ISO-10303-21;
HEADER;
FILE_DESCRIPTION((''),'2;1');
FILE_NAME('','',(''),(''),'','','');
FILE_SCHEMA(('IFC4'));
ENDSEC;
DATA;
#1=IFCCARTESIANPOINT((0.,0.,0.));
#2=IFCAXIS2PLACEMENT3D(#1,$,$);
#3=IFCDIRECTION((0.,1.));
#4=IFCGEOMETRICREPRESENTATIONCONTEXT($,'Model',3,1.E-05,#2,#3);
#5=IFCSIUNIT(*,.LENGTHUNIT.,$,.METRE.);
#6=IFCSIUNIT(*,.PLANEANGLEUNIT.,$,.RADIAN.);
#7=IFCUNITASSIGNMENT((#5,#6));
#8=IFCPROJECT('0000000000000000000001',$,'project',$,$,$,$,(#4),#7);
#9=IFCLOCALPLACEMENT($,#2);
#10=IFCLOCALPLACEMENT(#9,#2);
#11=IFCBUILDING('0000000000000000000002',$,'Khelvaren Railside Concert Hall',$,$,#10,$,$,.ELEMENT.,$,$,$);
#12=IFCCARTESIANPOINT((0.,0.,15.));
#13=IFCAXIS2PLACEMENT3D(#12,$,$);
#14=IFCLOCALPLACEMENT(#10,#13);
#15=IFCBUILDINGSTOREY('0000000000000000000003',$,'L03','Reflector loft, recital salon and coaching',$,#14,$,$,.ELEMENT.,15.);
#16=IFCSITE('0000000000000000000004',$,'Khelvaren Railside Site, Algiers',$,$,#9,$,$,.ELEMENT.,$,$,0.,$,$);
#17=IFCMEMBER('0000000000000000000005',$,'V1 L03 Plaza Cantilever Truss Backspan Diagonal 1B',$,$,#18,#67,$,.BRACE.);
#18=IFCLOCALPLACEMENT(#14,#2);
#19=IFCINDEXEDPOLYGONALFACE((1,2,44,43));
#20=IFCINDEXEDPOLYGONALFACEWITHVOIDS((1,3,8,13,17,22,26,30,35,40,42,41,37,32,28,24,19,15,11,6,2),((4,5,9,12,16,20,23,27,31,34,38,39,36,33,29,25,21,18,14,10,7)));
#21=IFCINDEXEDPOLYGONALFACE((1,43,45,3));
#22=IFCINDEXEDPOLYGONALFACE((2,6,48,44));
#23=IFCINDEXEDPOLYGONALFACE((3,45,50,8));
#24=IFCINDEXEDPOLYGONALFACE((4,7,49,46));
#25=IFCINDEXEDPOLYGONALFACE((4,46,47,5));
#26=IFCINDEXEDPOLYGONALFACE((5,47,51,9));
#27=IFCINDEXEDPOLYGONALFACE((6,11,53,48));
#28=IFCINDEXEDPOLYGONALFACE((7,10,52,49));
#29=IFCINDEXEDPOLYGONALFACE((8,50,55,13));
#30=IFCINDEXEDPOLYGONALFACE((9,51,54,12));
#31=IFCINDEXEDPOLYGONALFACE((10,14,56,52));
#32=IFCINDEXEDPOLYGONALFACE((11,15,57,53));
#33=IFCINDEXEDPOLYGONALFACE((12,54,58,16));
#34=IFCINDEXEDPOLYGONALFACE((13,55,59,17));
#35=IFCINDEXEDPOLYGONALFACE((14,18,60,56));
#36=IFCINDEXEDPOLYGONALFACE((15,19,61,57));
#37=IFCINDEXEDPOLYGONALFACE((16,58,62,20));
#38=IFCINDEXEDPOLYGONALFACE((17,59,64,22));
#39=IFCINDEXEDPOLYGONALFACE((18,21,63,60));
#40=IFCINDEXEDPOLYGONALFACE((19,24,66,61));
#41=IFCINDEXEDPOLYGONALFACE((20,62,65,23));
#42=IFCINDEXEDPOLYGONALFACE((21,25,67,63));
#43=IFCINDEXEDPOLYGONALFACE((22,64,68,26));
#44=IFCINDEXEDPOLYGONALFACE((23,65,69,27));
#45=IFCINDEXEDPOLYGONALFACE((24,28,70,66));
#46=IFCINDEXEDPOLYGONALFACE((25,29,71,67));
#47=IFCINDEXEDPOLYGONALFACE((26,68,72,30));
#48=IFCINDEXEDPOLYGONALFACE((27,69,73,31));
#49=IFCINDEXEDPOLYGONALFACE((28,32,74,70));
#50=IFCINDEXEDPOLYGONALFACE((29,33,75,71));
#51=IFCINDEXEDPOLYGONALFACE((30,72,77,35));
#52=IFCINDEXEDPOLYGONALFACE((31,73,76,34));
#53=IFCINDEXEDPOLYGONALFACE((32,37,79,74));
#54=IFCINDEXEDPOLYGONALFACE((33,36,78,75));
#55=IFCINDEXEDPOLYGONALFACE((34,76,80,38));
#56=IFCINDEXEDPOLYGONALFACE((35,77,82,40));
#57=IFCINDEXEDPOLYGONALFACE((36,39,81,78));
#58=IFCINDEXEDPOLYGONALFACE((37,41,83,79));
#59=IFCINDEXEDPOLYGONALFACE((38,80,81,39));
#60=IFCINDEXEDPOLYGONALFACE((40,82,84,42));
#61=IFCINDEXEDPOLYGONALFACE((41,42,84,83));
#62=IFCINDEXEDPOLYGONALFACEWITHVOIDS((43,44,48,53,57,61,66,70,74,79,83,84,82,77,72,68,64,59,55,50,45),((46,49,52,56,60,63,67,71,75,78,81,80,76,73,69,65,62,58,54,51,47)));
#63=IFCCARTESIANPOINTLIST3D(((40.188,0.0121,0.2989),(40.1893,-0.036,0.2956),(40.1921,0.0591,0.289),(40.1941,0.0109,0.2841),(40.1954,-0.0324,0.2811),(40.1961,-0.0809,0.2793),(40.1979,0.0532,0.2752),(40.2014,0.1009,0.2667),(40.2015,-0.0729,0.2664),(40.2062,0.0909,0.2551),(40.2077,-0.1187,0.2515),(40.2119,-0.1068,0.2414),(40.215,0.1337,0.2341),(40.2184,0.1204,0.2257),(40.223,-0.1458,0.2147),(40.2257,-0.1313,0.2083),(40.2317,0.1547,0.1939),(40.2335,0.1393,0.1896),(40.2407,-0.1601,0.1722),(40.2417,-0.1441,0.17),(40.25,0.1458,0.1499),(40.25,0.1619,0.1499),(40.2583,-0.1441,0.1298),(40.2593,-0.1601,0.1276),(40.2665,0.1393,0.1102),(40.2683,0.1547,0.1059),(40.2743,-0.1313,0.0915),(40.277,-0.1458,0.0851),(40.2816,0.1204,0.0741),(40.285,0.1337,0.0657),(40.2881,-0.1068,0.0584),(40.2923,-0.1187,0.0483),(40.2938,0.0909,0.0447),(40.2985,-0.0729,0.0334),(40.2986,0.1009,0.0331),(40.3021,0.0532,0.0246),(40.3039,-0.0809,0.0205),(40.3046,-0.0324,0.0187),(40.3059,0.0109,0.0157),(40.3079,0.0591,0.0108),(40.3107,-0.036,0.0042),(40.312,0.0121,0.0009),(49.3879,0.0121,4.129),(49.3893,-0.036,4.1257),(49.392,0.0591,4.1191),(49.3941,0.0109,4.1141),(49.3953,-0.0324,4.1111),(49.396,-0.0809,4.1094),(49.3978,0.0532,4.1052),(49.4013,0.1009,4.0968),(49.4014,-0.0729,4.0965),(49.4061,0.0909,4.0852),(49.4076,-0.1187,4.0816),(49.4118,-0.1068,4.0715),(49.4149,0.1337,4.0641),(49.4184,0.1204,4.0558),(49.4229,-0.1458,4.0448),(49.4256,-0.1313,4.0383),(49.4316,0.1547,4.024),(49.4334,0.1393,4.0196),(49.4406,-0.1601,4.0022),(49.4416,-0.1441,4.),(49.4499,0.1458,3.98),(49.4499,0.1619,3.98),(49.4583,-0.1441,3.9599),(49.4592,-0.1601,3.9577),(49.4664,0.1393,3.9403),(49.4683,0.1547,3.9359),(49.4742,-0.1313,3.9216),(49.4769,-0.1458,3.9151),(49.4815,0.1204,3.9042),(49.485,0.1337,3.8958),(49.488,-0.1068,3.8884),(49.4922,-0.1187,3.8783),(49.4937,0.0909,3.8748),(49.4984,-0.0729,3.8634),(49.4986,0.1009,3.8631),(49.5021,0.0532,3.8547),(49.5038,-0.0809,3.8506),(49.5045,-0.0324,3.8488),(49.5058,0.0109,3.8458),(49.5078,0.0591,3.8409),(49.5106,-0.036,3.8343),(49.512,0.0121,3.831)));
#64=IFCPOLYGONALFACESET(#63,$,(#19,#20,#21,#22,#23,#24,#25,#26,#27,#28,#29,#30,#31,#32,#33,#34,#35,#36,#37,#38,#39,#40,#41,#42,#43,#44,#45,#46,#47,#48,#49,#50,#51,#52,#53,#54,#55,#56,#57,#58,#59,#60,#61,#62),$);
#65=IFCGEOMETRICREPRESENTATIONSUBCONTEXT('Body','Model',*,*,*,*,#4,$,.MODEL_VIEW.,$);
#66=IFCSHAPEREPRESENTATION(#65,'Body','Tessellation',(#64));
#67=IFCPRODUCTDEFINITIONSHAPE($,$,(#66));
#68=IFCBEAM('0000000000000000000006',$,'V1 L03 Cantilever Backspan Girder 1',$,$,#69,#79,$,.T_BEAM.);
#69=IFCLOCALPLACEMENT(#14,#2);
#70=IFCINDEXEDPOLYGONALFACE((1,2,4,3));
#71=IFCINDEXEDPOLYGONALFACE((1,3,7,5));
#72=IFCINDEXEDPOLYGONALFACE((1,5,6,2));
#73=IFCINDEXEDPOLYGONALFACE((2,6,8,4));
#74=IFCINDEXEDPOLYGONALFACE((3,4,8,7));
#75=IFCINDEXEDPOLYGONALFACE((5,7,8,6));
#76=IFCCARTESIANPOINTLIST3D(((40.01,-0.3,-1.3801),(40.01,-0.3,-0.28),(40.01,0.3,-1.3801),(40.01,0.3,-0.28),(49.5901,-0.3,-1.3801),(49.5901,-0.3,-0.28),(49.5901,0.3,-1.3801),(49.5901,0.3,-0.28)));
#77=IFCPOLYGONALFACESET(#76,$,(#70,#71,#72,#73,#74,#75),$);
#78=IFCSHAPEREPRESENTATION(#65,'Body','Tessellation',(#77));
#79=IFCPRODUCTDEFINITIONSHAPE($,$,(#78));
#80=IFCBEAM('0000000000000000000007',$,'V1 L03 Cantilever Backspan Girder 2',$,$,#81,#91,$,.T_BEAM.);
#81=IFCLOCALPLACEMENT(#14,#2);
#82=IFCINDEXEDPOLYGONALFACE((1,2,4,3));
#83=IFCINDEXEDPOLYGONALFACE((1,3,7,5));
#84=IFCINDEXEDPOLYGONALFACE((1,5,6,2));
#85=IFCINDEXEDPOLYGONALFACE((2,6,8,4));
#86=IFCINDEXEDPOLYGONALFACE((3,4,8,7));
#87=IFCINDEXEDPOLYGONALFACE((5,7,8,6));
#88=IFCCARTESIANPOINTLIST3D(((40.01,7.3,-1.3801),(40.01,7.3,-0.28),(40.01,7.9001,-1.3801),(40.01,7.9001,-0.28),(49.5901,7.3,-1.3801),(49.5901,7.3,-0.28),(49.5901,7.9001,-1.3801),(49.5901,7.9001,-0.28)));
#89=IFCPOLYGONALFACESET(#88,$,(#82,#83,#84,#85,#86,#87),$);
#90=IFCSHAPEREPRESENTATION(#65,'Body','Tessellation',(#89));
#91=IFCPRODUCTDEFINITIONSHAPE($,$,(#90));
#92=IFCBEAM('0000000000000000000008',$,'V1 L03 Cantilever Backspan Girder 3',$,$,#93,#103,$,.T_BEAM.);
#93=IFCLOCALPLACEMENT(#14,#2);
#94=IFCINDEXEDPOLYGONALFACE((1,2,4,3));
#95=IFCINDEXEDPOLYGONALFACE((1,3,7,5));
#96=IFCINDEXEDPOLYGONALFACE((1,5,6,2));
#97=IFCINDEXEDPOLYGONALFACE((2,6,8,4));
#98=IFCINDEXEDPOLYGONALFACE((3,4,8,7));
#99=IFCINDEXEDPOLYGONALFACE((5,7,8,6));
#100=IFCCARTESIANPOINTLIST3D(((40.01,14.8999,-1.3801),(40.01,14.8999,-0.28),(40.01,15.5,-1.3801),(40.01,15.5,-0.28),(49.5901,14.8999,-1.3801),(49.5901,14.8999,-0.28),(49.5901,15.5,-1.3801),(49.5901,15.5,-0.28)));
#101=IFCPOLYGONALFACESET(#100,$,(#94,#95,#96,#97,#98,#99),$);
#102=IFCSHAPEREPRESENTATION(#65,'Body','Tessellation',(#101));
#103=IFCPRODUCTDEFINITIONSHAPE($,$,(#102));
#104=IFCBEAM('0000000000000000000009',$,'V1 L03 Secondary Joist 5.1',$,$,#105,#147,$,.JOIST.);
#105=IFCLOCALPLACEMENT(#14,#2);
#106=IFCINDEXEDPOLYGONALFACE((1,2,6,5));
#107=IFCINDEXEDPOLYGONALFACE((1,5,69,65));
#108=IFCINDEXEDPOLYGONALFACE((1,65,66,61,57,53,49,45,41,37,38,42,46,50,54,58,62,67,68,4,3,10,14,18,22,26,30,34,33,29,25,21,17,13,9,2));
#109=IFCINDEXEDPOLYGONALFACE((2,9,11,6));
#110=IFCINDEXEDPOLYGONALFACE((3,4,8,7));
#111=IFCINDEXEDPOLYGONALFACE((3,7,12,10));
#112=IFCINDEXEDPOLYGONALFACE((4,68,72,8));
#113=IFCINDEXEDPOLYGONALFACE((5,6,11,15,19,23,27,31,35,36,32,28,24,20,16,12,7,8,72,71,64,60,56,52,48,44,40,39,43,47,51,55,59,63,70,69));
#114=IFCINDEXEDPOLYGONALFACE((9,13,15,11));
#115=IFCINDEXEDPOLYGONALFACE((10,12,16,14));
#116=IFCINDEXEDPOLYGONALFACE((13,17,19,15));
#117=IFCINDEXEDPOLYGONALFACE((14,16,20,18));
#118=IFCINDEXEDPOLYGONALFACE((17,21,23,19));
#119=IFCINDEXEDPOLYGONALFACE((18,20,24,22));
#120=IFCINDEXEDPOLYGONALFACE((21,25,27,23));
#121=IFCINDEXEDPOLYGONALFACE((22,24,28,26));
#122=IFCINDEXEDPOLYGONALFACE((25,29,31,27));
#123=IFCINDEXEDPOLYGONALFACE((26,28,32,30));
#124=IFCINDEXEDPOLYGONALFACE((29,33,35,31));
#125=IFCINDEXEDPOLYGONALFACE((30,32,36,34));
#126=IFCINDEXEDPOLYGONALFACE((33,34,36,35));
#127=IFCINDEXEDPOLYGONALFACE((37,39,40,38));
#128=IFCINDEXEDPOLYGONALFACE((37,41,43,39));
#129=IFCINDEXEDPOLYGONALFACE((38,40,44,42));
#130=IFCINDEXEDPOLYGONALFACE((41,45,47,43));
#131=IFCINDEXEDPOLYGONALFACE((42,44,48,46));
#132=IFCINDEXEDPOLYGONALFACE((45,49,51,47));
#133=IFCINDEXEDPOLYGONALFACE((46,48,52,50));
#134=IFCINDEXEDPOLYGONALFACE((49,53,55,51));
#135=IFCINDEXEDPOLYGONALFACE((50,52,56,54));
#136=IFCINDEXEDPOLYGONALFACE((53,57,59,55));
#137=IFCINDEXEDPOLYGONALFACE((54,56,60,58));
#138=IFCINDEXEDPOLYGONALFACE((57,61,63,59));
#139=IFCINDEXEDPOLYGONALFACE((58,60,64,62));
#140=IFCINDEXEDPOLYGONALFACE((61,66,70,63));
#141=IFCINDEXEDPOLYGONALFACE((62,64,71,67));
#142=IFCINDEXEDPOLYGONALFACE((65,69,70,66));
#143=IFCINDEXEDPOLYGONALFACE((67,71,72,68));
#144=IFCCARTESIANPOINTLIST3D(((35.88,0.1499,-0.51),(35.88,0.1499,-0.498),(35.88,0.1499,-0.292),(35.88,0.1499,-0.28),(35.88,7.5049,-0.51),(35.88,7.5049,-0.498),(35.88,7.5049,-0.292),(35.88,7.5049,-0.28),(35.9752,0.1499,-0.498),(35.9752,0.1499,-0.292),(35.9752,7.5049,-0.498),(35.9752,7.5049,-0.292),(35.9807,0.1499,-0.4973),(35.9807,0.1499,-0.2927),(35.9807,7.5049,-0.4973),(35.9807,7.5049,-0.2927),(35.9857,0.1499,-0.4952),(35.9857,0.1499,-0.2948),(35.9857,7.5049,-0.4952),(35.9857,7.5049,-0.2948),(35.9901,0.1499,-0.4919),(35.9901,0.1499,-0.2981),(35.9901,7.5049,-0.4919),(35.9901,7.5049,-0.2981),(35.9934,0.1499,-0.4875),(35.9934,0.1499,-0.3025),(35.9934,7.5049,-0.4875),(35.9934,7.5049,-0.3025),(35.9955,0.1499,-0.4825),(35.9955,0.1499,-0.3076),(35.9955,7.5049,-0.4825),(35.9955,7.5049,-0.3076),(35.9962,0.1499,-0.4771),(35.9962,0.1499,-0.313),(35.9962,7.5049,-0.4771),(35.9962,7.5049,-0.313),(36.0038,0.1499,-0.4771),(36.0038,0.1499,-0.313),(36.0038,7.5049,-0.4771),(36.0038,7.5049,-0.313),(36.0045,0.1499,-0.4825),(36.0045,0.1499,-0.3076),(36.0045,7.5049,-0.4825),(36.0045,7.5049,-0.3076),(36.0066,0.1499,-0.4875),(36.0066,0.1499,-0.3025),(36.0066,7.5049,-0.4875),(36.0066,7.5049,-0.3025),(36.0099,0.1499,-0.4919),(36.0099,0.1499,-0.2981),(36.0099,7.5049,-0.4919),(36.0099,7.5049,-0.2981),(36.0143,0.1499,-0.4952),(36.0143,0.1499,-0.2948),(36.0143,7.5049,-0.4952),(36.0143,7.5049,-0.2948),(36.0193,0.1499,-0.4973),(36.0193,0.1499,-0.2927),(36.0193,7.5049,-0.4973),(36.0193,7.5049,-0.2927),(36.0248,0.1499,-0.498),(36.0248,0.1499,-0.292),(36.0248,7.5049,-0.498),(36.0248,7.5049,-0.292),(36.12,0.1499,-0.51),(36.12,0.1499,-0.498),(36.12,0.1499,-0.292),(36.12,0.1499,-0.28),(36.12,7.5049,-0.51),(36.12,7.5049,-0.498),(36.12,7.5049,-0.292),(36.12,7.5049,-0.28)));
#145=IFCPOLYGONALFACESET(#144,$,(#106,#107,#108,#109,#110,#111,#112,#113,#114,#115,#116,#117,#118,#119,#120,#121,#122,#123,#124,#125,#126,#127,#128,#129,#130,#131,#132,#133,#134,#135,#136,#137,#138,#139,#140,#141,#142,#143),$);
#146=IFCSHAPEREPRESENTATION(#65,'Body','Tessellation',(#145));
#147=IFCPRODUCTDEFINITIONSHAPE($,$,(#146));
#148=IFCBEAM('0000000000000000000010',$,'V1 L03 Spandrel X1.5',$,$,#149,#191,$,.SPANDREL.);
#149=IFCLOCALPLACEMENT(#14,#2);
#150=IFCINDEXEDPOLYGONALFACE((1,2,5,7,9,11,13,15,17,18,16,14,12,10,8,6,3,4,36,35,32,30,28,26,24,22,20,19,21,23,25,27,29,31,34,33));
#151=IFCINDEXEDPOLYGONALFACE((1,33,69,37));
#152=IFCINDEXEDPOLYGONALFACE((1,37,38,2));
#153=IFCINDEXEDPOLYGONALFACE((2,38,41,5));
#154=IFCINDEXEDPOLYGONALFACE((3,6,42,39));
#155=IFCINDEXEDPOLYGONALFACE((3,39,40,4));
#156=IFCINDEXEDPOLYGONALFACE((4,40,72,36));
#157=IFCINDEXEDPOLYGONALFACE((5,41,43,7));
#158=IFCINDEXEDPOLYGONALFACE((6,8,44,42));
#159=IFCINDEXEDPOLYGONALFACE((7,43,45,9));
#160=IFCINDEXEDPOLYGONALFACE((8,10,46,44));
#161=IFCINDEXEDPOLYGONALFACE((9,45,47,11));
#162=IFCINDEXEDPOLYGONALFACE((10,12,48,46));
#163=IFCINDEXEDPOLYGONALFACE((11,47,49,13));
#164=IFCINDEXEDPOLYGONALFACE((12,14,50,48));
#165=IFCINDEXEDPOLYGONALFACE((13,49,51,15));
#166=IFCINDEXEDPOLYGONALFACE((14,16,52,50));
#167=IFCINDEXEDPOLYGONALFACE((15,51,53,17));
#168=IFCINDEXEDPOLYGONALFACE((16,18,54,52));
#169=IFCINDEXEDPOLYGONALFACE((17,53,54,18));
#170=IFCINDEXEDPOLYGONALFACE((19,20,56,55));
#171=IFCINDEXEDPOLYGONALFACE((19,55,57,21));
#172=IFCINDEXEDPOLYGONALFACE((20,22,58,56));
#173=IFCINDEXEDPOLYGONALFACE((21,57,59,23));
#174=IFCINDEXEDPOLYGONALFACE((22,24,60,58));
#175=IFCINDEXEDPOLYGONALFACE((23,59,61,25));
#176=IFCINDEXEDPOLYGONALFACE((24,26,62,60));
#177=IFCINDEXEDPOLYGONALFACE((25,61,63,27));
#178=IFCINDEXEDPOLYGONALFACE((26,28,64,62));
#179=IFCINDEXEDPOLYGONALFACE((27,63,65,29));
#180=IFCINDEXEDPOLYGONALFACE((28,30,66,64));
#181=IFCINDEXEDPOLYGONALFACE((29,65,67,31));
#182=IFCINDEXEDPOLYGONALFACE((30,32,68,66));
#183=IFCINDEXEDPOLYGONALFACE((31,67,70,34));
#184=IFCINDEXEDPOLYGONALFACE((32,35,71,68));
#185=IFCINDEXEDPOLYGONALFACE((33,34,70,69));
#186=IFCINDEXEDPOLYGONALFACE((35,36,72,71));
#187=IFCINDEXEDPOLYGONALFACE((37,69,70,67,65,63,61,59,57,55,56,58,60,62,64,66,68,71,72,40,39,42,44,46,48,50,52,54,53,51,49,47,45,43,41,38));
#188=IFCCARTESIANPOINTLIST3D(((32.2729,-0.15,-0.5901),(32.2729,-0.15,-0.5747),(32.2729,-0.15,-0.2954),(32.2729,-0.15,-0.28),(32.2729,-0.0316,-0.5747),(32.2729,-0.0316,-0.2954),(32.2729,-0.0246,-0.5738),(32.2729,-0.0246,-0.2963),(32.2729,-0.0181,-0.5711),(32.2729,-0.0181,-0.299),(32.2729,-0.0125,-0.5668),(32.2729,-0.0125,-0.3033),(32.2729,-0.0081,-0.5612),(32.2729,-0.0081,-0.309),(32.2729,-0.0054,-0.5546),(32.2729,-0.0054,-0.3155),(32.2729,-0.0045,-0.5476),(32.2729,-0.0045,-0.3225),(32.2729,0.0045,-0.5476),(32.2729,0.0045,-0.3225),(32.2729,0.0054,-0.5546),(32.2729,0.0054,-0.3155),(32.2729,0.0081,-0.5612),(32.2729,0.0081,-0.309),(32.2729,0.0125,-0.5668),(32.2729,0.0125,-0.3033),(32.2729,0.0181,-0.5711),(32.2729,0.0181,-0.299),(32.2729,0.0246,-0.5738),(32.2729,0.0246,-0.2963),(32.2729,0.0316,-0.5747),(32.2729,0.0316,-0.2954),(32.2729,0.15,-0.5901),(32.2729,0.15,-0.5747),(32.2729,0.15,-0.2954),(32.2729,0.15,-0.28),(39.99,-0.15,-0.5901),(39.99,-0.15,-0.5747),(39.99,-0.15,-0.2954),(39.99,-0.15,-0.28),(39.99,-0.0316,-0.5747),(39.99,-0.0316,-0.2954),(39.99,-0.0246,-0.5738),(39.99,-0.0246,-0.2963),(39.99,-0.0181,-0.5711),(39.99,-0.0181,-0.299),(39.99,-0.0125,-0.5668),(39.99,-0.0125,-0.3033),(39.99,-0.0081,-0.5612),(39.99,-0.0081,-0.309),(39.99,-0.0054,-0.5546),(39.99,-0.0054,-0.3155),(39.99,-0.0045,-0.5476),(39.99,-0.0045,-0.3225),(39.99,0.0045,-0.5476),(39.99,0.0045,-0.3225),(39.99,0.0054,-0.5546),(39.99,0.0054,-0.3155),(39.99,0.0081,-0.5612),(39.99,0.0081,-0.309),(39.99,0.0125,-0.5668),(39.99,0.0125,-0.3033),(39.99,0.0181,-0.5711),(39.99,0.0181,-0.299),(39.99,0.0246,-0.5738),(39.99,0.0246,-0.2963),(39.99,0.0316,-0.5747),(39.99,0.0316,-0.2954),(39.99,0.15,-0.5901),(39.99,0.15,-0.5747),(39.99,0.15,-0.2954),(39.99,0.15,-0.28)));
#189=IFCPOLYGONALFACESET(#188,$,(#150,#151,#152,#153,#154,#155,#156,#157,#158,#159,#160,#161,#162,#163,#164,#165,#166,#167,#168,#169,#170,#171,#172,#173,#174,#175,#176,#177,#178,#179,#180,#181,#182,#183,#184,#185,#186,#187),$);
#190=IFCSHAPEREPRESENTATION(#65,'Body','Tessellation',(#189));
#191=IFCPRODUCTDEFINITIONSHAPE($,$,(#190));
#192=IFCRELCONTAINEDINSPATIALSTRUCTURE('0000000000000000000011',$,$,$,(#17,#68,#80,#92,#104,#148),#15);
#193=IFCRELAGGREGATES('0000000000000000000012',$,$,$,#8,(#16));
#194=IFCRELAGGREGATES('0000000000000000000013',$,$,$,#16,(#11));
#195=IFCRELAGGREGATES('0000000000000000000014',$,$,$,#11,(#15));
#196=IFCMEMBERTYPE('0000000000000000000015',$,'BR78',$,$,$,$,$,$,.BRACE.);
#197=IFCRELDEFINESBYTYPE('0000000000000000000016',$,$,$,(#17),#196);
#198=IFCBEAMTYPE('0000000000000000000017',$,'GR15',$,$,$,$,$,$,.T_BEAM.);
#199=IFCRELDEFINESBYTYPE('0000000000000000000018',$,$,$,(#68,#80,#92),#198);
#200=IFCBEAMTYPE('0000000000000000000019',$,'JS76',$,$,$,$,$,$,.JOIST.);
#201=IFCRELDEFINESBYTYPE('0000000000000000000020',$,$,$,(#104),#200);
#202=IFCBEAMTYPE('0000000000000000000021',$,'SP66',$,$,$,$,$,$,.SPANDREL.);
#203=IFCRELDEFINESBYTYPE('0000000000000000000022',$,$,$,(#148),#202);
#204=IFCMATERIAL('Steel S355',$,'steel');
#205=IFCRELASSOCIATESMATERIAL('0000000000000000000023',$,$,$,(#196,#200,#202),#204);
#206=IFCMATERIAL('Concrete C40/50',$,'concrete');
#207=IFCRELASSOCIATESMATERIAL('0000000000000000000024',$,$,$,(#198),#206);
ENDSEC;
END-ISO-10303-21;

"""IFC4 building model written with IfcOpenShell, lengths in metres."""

from ifc_helpers import new_model, si_unit, direction, frame, origin, origin_2d, place, context, subcontext, project, spatial, rectangle, hollow_circle, i_section, extrude, material, material_profile, profile_set, type_object, element, save


model = new_model("IFC4")

# Units and contexts
model_context = context("Model", 3, precision=1e-05, world=origin(), true_north=direction((0.0, 1.0)))
body_context = subcontext(model_context, "Body", "Model", "MODEL_VIEW")
ifc_project = project(units=[si_unit("LENGTHUNIT", "METRE"), si_unit("PLANEANGLEUNIT", "RADIAN")], contexts=[model_context])

# Site, building, storey
site_placement = place(None, origin())
site = spatial("IfcSite", under=ifc_project, at=site_placement, Name="Khelvaren Railside Site, Algiers", CompositionType="ELEMENT", RefElevation=0.0)
building_placement = place(site_placement, origin())
building = spatial("IfcBuilding", under=site, at=building_placement, Name="Khelvaren Railside Concert Hall", CompositionType="ELEMENT")
storey_placement = place(building_placement, frame((0.0, 0.0, 15.0)))
storey = spatial("IfcBuildingStorey", under=building, at=storey_placement, Name="L03", Description="Reflector loft, recital salon and coaching", CompositionType="ELEMENT", Elevation=15.0)

# Shared definitions
ifc_material_1 = material(Name="Steel S355", Category="steel")

# Shared definitions
ifc_material_2 = material(Name="Concrete C40/50", Category="concrete")

# Member
ifc_material_profile_1 = material_profile(ifc_material_1, hollow_circle(Radius=0.1619, WallThickness=0.0161, at=origin_2d()), Name="CHS 323.9x16")
ifc_profile_set_1 = profile_set([ifc_material_profile_1], Name="Steel S355")
member_type = type_object("IfcMemberType", Name="BR78", PredefinedType="BRACE", material=ifc_profile_set_1)
member_placement = place(storey_placement, frame((40.25, 0.0, 0.1499), z_axis=(0.923192, 0.0, 0.384339), x_axis=(0.0, 1.0, 0.0)))
element("IfcMember", 1, at=member_placement, inside=storey, type_object=member_type, Name="V1 L03 Plaza Cantilever Truss Backspan Diagonal 1B", PredefinedType="BRACE", context=body_context, shape_type="SweptSolid", body=[
    extrude(hollow_circle(Radius=0.1619, WallThickness=0.0161, at=origin_2d()), origin(), (0.0, 0.0, 1.0), 9.9653),
])

# Beams
ifc_material_profile_2 = material_profile(ifc_material_2, rectangle(XDim=0.6001, YDim=1.1001, at=origin_2d()), Name="RCB 600x1100")
ifc_profile_set_2 = profile_set([ifc_material_profile_2], Name="Concrete C40/50")
beam_type_1 = type_object("IfcBeamType", Name="GR15", PredefinedType="T_BEAM", material=ifc_profile_set_2)
for number, where, z_axis, x_axis, name in (
    (2, (40.01, 0.0, -0.8301), (1.0, 0.0, 0.0), (0.0, 1.0, 0.0), "V1 L03 Cantilever Backspan Girder 1"),
    (3, (40.01, 7.6001, -0.8301), (1.0, 0.0, 0.0), (0.0, 1.0, 0.0), "V1 L03 Cantilever Backspan Girder 2"),
    (4, (40.01, 15.2, -0.8301), (1.0, 0.0, 0.0), (0.0, 1.0, 0.0), "V1 L03 Cantilever Backspan Girder 3"),
):
    element("IfcBeam", number, at=place(storey_placement, frame(where, z_axis=z_axis, x_axis=x_axis)), inside=storey, type_object=beam_type_1, Name=name, PredefinedType="T_BEAM", context=body_context, shape_type="SweptSolid", body=[
        extrude(rectangle(XDim=0.6001, YDim=1.1001, at=origin_2d()), origin(), (0.0, 0.0, 1.0), 9.5801),
    ])
ifc_material_profile_3 = material_profile(ifc_material_1, i_section(OverallWidth=0.24, OverallDepth=0.23, WebThickness=0.0076, FlangeThickness=0.012, FilletRadius=0.021, at=origin_2d()), Name="HEA 240")
ifc_profile_set_3 = profile_set([ifc_material_profile_3], Name="Steel S355")
beam_type_2 = type_object("IfcBeamType", Name="JS76", PredefinedType="JOIST", material=ifc_profile_set_3)
beam_1_placement = place(storey_placement, frame((36.0, 0.1499, -0.395), z_axis=(0.0, 1.0, 0.0), x_axis=(-1.0, 0.0, 0.0)))
element("IfcBeam", 5, at=beam_1_placement, inside=storey, type_object=beam_type_2, Name="V1 L03 Secondary Joist 5.1", PredefinedType="JOIST", context=body_context, shape_type="SweptSolid", body=[
    extrude(i_section(OverallWidth=0.24, OverallDepth=0.23, WebThickness=0.0076, FlangeThickness=0.012, FilletRadius=0.021, at=origin_2d()), origin(), (0.0, 0.0, 1.0), 7.355),
])
ifc_material_profile_4 = material_profile(ifc_material_1, i_section(OverallWidth=0.3, OverallDepth=0.3101, WebThickness=0.009, FlangeThickness=0.0154, FilletRadius=0.0271, at=origin_2d()), Name="HEA 320")
ifc_profile_set_4 = profile_set([ifc_material_profile_4], Name="Steel S355")
beam_type_3 = type_object("IfcBeamType", Name="SP66", PredefinedType="SPANDREL", material=ifc_profile_set_4)
beam_2_placement = place(storey_placement, frame((32.2729, 0.0, -0.4351), z_axis=(1.0, 0.0, 0.0), x_axis=(0.0, 1.0, 0.0)))
element("IfcBeam", 6, at=beam_2_placement, inside=storey, type_object=beam_type_3, Name="V1 L03 Spandrel X1.5", PredefinedType="SPANDREL", context=body_context, shape_type="SweptSolid", body=[
    extrude(i_section(OverallWidth=0.3, OverallDepth=0.3101, WebThickness=0.009, FlangeThickness=0.0154, FilletRadius=0.0271, at=origin_2d()), origin(), (0.0, 0.0, 1.0), 7.717),
])

save(model, "model.ifc")
